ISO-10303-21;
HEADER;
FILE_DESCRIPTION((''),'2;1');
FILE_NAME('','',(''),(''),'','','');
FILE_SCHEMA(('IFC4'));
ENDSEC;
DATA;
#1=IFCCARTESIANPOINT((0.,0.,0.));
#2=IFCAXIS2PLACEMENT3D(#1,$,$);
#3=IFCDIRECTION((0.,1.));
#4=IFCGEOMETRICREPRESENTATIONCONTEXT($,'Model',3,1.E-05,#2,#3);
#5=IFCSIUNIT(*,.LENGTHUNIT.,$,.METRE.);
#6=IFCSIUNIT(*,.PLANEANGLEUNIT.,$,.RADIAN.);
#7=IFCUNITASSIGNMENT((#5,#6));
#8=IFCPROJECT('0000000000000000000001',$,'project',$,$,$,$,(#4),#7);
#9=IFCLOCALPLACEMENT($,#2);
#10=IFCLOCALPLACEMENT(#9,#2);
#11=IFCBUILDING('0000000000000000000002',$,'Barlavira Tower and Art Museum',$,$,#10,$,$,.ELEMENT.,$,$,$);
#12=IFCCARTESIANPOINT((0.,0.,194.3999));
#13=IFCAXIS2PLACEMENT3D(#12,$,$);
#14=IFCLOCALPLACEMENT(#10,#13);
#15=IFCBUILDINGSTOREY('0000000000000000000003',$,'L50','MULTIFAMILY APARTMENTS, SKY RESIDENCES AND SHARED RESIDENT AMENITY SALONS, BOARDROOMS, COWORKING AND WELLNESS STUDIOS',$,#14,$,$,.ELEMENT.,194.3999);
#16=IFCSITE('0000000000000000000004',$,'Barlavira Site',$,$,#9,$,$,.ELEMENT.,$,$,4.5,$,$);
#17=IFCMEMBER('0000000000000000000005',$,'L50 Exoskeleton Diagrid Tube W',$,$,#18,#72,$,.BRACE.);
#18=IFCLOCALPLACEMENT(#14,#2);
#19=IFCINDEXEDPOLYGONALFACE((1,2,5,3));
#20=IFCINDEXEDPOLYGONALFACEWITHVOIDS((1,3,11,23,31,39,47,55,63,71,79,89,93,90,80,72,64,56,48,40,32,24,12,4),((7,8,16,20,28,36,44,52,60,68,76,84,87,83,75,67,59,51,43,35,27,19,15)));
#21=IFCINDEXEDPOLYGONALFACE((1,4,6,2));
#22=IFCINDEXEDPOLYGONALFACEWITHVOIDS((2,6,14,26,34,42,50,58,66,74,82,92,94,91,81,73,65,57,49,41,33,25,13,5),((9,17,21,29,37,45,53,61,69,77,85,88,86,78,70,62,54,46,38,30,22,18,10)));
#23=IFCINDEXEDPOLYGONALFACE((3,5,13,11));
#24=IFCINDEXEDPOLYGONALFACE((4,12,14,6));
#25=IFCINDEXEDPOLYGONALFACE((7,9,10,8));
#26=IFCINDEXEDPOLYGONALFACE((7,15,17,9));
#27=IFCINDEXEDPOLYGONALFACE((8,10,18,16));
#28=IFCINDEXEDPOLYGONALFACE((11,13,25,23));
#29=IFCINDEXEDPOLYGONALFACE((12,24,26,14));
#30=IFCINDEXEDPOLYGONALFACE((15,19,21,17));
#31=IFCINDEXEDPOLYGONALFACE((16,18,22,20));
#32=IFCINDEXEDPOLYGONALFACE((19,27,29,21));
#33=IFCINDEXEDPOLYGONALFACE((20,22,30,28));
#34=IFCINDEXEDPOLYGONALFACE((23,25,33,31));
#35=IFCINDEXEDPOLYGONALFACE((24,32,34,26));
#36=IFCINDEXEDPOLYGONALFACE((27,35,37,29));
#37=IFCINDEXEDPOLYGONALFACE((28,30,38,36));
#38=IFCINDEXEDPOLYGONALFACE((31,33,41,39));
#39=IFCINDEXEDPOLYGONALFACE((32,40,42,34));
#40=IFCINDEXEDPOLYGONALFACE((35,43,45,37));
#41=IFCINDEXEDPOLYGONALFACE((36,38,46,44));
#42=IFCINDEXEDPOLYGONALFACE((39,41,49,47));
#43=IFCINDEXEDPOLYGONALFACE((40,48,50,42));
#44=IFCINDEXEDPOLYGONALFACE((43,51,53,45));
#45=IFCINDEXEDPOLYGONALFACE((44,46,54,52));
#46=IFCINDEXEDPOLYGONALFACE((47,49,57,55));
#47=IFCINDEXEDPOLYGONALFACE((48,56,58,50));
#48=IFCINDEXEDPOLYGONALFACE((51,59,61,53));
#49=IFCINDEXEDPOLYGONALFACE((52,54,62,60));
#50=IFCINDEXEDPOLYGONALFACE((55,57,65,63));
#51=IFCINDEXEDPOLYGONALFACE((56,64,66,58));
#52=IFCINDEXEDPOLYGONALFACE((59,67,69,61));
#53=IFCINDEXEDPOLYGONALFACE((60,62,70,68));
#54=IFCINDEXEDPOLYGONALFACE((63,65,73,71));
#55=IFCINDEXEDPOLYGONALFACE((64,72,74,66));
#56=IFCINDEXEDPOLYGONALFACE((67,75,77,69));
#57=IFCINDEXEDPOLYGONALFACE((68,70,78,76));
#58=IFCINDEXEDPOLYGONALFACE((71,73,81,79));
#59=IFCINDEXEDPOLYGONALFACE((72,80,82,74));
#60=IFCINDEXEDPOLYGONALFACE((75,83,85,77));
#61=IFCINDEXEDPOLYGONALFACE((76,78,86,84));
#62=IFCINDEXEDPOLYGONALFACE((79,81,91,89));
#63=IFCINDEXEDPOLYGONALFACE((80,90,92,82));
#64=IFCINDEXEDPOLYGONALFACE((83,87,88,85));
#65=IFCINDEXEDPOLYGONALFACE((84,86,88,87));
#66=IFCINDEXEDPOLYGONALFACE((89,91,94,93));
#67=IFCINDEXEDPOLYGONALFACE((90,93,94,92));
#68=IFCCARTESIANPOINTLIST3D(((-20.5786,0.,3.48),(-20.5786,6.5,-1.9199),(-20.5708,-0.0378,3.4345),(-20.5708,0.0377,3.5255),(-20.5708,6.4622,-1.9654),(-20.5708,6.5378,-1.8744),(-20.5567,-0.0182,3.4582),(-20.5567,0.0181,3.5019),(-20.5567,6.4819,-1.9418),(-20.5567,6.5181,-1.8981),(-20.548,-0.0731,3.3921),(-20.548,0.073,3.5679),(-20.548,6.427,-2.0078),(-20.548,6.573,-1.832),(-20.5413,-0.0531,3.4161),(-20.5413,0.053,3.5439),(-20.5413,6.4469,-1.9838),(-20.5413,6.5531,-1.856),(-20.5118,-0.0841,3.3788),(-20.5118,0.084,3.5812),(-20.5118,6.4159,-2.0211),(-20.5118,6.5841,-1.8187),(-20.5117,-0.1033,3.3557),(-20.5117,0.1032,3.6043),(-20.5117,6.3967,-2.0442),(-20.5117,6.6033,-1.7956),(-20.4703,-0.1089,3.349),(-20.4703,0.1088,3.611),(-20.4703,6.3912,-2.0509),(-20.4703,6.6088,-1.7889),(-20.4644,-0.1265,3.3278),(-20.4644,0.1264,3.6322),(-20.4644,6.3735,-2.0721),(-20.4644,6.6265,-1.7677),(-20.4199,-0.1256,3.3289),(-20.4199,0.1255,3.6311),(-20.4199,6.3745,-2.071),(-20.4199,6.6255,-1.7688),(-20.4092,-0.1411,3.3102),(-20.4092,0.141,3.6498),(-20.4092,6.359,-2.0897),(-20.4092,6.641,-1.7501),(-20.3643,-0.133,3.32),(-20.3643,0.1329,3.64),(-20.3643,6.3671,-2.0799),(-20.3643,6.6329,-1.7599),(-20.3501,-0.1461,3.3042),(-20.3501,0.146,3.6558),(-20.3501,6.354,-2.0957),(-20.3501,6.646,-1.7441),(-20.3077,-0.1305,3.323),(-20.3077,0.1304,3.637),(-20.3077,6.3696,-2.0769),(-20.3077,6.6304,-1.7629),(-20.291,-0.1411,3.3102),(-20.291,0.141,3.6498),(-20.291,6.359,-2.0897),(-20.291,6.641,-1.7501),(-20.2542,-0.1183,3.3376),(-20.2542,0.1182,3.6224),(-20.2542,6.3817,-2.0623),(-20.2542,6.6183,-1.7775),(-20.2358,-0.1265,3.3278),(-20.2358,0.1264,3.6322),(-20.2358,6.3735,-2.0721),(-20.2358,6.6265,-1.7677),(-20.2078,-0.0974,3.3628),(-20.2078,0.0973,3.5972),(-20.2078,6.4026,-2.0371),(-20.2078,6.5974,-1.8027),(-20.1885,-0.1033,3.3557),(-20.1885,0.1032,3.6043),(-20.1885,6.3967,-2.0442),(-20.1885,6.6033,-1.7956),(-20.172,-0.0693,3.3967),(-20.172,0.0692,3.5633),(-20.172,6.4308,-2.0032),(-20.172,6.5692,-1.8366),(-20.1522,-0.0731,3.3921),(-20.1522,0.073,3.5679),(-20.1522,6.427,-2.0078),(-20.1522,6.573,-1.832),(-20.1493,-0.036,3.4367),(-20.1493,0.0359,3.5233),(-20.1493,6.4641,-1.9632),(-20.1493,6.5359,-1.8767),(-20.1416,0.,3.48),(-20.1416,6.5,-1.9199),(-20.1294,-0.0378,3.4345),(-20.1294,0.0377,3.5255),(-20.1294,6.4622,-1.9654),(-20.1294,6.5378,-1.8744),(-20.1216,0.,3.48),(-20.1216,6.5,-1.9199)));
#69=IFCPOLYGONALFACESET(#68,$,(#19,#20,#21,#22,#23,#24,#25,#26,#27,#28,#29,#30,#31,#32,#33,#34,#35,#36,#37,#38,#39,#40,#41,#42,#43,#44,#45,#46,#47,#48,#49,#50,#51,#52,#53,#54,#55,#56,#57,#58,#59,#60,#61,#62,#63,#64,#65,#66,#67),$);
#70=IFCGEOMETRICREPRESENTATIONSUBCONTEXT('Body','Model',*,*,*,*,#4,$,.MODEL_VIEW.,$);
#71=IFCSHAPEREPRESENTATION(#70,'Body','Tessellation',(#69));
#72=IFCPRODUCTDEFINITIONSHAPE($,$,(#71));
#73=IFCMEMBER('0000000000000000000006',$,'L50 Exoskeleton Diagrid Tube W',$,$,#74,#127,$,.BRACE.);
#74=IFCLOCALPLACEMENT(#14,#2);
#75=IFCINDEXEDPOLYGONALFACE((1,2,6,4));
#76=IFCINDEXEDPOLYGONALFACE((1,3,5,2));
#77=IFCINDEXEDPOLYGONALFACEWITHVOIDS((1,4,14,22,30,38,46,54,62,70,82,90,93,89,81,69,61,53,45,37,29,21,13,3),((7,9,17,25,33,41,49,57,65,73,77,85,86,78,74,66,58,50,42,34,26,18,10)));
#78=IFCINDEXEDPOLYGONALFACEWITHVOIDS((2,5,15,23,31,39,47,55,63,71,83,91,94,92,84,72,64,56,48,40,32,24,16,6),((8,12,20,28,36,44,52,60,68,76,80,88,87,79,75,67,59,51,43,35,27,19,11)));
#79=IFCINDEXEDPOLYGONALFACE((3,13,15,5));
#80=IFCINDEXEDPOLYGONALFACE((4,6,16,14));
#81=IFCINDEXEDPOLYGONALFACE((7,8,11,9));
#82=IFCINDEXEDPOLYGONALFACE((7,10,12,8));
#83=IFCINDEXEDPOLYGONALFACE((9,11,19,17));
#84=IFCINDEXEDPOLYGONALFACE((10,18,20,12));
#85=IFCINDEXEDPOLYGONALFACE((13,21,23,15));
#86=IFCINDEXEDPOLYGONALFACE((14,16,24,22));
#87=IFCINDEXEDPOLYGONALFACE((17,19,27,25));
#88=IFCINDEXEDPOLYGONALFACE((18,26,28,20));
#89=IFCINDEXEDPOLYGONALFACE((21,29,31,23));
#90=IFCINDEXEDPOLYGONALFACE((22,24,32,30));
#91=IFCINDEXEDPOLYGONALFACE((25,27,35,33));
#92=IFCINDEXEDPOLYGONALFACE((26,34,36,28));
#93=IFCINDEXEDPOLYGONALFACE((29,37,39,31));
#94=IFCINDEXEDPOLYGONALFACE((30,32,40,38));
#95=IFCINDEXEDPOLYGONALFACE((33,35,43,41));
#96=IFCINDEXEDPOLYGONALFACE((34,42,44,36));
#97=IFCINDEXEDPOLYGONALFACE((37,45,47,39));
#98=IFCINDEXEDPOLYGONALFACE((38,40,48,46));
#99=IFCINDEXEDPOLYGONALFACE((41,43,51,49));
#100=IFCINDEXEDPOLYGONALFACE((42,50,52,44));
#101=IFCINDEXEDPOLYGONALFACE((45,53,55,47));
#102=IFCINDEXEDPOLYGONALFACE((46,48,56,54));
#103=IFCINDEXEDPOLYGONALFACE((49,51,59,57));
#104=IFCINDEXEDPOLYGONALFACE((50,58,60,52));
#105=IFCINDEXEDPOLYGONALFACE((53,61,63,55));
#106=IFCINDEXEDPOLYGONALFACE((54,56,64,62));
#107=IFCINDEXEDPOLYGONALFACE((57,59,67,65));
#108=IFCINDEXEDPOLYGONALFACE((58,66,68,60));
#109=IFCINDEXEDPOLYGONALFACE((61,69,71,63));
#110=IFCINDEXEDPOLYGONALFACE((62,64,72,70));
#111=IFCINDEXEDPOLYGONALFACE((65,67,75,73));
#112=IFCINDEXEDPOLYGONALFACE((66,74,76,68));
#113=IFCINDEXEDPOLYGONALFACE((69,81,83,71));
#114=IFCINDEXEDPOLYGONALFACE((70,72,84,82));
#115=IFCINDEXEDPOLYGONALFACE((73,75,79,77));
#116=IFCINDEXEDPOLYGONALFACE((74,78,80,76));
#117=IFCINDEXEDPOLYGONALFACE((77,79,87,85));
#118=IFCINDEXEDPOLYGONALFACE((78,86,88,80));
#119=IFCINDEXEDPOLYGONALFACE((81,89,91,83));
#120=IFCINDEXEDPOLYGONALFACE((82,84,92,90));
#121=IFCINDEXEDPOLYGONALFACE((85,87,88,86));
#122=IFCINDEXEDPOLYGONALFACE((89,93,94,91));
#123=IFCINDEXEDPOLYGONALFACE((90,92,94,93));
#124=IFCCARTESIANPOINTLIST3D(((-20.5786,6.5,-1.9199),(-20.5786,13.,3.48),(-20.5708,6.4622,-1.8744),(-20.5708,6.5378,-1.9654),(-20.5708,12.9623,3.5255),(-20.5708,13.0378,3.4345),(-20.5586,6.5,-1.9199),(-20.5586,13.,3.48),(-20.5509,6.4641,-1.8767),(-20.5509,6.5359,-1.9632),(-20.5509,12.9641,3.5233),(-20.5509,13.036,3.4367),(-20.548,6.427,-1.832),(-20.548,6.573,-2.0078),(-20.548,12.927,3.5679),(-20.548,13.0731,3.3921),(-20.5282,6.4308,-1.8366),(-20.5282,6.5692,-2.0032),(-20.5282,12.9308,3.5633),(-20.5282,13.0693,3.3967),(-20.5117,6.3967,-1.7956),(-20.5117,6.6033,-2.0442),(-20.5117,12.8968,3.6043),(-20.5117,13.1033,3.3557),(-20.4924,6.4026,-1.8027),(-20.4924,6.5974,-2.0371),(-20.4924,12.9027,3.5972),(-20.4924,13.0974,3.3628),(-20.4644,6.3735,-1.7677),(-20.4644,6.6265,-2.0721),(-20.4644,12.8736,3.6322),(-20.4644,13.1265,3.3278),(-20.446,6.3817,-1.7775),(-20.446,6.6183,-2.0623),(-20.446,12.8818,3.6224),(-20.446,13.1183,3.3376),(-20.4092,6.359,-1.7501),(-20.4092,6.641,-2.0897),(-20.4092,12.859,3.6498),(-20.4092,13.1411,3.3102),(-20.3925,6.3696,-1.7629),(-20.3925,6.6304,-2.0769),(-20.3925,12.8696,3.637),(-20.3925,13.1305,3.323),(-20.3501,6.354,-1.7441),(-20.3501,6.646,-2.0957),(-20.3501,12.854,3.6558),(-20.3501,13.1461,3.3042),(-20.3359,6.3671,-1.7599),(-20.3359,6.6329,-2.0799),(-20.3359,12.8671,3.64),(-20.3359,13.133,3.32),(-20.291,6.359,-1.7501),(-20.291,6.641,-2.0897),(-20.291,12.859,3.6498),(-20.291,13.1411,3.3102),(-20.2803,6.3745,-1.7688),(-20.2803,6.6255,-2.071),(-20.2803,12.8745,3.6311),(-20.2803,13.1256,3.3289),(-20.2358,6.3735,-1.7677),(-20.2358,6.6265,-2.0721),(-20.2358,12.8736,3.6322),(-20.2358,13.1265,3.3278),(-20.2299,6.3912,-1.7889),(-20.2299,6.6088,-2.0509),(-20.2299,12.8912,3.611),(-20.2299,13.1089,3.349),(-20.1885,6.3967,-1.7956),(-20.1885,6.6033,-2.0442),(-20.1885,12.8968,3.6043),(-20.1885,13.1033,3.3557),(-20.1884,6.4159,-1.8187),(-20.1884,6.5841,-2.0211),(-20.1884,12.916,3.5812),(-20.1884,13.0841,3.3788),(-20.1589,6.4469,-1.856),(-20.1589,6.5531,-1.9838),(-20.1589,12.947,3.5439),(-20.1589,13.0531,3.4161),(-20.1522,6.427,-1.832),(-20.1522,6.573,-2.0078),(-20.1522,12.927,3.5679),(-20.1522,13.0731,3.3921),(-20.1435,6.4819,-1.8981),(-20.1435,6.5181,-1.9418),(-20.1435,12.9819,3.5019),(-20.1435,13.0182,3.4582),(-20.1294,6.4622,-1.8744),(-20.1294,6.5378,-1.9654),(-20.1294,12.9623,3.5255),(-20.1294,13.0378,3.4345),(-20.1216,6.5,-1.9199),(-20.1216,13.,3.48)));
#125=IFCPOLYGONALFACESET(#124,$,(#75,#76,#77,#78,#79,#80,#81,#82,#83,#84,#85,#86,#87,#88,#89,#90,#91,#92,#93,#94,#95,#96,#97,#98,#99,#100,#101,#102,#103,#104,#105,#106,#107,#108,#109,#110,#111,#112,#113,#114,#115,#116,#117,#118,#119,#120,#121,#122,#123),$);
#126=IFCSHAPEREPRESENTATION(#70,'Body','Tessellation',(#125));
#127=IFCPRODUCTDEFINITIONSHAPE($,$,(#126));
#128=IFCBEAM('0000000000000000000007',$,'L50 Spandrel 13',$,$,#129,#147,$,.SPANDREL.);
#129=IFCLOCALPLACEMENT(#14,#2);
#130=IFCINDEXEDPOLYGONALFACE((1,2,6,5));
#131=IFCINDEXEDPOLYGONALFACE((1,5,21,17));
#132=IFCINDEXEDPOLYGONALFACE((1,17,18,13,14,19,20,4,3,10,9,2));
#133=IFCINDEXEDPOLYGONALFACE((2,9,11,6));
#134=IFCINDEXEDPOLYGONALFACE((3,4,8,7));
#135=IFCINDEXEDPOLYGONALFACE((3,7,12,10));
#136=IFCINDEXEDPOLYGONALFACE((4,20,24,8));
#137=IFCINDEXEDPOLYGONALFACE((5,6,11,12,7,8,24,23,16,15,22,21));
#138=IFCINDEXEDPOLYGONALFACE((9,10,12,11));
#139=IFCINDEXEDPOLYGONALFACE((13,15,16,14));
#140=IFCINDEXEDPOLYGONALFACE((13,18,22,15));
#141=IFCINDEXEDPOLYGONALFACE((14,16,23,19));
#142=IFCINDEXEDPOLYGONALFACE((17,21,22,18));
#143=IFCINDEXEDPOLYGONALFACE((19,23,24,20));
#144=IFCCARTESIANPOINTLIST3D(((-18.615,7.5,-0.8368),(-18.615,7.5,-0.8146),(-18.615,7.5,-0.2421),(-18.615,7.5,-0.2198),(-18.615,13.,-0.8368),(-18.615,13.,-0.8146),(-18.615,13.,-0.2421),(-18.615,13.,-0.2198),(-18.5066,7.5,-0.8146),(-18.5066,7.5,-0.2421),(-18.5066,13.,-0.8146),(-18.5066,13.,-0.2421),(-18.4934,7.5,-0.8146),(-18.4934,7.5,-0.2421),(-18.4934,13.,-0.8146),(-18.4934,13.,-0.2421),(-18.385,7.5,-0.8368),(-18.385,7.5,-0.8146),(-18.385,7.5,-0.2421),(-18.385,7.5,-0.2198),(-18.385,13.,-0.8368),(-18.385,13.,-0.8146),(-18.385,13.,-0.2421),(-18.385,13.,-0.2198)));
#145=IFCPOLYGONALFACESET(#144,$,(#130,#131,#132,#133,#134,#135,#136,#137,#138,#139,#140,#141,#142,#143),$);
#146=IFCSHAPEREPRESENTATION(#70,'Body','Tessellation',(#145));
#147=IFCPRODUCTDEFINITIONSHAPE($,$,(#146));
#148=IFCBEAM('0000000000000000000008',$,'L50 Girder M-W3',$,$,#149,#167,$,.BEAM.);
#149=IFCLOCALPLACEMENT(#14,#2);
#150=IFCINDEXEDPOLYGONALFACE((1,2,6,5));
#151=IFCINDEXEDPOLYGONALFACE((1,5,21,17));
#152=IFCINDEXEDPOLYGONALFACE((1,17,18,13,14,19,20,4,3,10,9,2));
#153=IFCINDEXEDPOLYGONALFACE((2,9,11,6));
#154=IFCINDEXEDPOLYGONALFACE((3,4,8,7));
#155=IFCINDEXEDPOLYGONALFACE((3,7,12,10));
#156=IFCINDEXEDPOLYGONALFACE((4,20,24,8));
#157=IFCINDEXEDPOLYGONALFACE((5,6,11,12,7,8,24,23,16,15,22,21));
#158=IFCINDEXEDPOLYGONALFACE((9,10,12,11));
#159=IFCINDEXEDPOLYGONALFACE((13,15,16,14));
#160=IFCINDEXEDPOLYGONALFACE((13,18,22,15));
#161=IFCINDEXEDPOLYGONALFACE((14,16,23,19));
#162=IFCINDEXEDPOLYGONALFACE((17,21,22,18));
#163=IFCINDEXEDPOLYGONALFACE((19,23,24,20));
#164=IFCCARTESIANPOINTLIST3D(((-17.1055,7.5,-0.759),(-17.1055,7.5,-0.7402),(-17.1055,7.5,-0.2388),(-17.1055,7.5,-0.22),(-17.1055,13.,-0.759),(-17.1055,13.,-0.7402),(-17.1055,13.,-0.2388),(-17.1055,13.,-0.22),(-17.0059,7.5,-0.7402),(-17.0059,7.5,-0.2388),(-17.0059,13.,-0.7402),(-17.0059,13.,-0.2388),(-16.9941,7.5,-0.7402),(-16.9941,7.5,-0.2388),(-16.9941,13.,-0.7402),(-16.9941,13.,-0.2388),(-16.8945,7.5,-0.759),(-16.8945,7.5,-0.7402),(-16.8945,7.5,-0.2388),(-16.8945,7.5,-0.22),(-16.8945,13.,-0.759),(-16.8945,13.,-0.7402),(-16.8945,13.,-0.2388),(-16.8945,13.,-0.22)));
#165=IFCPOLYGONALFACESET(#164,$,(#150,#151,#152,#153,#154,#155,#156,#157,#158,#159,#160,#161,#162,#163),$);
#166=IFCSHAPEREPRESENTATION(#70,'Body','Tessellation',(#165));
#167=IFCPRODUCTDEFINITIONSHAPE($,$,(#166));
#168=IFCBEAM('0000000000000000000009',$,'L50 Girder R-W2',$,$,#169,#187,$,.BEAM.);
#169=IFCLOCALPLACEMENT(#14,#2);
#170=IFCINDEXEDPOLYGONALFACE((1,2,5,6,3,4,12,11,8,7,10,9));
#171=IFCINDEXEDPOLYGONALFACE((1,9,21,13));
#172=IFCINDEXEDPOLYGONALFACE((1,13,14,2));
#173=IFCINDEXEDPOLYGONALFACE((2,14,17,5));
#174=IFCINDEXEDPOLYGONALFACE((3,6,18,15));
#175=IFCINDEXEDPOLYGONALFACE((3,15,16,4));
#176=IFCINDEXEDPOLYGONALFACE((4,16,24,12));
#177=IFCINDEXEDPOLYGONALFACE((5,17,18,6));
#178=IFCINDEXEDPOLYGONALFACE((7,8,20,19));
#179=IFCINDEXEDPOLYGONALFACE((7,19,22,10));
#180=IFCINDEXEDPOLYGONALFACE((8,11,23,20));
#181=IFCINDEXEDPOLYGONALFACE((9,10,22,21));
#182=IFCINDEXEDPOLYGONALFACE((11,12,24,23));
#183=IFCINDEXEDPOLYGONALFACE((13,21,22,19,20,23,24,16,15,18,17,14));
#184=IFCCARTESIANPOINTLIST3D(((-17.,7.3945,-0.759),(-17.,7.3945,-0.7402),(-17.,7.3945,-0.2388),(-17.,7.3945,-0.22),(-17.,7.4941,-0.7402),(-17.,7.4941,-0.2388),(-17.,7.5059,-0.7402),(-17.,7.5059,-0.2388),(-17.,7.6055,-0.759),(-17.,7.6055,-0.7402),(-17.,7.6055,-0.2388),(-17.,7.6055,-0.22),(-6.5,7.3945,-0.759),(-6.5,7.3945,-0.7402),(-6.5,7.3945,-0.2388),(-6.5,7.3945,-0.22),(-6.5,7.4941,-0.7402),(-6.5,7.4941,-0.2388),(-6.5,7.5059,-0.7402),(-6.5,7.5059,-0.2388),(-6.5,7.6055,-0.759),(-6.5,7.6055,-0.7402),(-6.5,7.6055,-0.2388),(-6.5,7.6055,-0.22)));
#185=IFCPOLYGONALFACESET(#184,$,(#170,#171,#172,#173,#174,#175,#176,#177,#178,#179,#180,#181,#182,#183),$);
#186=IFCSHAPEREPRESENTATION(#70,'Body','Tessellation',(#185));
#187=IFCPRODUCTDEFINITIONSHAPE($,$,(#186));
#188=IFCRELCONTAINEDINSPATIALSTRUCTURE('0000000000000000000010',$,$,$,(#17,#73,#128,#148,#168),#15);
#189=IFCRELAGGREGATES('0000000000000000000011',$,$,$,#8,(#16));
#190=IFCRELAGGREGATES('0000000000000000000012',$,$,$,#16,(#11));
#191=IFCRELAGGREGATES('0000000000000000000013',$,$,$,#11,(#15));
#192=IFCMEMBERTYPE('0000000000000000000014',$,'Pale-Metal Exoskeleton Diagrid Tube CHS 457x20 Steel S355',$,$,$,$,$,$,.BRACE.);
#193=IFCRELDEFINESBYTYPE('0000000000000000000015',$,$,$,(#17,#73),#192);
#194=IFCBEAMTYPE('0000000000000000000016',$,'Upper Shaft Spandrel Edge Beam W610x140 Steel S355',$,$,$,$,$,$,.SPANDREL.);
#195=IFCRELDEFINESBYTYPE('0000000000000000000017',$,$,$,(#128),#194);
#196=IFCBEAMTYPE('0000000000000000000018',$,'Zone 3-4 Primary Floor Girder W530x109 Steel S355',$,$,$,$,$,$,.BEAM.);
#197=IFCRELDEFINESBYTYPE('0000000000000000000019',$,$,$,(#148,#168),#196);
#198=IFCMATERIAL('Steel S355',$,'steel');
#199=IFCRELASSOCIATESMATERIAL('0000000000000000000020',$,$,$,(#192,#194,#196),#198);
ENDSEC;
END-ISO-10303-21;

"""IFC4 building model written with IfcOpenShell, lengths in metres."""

from ifc_helpers import new_model, si_unit, direction, frame, origin, origin_2d, place, context, subcontext, project, spatial, hollow_circle, i_section, extrude, material, material_profile, profile_set, type_object, element, save


model = new_model("IFC4")

# Units and contexts
model_context = context("Model", 3, precision=1e-05, world=origin(), true_north=direction((0.0, 1.0)))
body_context = subcontext(model_context, "Body", "Model", "MODEL_VIEW")
ifc_project = project(units=[si_unit("LENGTHUNIT", "METRE"), si_unit("PLANEANGLEUNIT", "RADIAN")], contexts=[model_context])

# Site, building, storey
site_placement = place(None, origin())
site = spatial("IfcSite", under=ifc_project, at=site_placement, Name="Barlavira Site", CompositionType="ELEMENT", RefElevation=4.5)
building_placement = place(site_placement, origin())
building = spatial("IfcBuilding", under=site, at=building_placement, Name="Barlavira Tower and Art Museum", CompositionType="ELEMENT")
storey_placement = place(building_placement, frame((0.0, 0.0, 194.3999)))
storey = spatial("IfcBuildingStorey", under=building, at=storey_placement, Name="L50", Description="MULTIFAMILY APARTMENTS, SKY RESIDENCES AND SHARED RESIDENT AMENITY SALONS, BOARDROOMS, COWORKING AND WELLNESS STUDIOS", CompositionType="ELEMENT", Elevation=194.3999)

# Members
ifc_material_1 = material(Name="Steel S355", Category="steel")
ifc_material_profile_1 = material_profile(ifc_material_1, hollow_circle(Radius=0.2285, WallThickness=0.02, at=origin_2d()), Name="CHS 457.0x20.0")
ifc_profile_set_1 = profile_set([ifc_material_profile_1], Name="Steel S355")
member_type_1 = type_object("IfcMemberType", Name="Pale-Metal Exoskeleton Diagrid Tube CHS 457x20 Steel S355", PredefinedType="BRACE", material=ifc_profile_set_1)
for number, where, z_axis, x_axis, name in (
    (1, (-20.3501, 6.5, -1.9199), (0.0, -0.769196, 0.639013), (1.0, 0.0, 0.0), "L50 Exoskeleton Diagrid Tube W"),
    (2, (-20.3501, 6.5, -1.9199), (0.0, 0.769196, 0.639013), (-1.0, 0.0, 0.0), "L50 Exoskeleton Diagrid Tube W"),
):
    element("IfcMember", number, at=place(storey_placement, frame(where, z_axis=z_axis, x_axis=x_axis)), inside=storey, type_object=member_type_1, Name=name, PredefinedType="BRACE", context=body_context, shape_type="SweptSolid", body=[
        extrude(hollow_circle(Radius=0.2285, WallThickness=0.02, at=origin_2d()), origin(), (0.0, 0.0, 1.0), 8.4504),
    ])

# Beams
ifc_material_profile_2 = material_profile(ifc_material_1, i_section(OverallWidth=0.23, OverallDepth=0.6169, WebThickness=0.0132, FlangeThickness=0.0222, at=origin_2d()), Name="W610x140.0")
ifc_profile_set_2 = profile_set([ifc_material_profile_2], Name="Steel S355")
beam_type_1 = type_object("IfcBeamType", Name="Upper Shaft Spandrel Edge Beam W610x140 Steel S355", PredefinedType="SPANDREL", material=ifc_profile_set_2)
beam_1_placement = place(storey_placement, frame((-18.5, 7.5, -0.5283), z_axis=(0.0, 1.0, 0.0), x_axis=(-1.0, 0.0, 0.0)))
element("IfcBeam", 3, at=beam_1_placement, inside=storey, type_object=beam_type_1, Name="L50 Spandrel 13", PredefinedType="SPANDREL", context=body_context, shape_type="SweptSolid", body=[
    extrude(i_section(OverallWidth=0.23, OverallDepth=0.6169, WebThickness=0.0132, FlangeThickness=0.0222, at=origin_2d()), origin(), (0.0, 0.0, 1.0), 5.5),
])
ifc_material_profile_3 = material_profile(ifc_material_1, i_section(OverallWidth=0.2109, OverallDepth=0.5391, WebThickness=0.0117, FlangeThickness=0.0188, at=origin_2d()), Name="W530x109.0")
ifc_profile_set_3 = profile_set([ifc_material_profile_3], Name="Steel S355")
beam_type_2 = type_object("IfcBeamType", Name="Zone 3-4 Primary Floor Girder W530x109 Steel S355", PredefinedType="BEAM", material=ifc_profile_set_3)
beam_2_placement = place(storey_placement, frame((-17.0, 7.5, -0.4895), z_axis=(0.0, 1.0, 0.0), x_axis=(-1.0, 0.0, 0.0)))
element("IfcBeam", 4, at=beam_2_placement, inside=storey, type_object=beam_type_2, Name="L50 Girder M-W3", PredefinedType="BEAM", context=body_context, shape_type="SweptSolid", body=[
    extrude(i_section(OverallWidth=0.2109, OverallDepth=0.5391, WebThickness=0.0117, FlangeThickness=0.0188, at=origin_2d()), origin(), (0.0, 0.0, 1.0), 5.5),
])
beam_3_placement = place(storey_placement, frame((-17.0, 7.5, -0.4895), z_axis=(1.0, 0.0, 0.0), x_axis=(0.0, 1.0, 0.0)))
element("IfcBeam", 5, at=beam_3_placement, inside=storey, type_object=beam_type_2, Name="L50 Girder R-W2", PredefinedType="BEAM", context=body_context, shape_type="SweptSolid", body=[
    extrude(i_section(OverallWidth=0.2109, OverallDepth=0.5391, WebThickness=0.0117, FlangeThickness=0.0188, at=origin_2d()), origin(), (0.0, 0.0, 1.0), 10.5),
])

save(model, "model.ifc")
